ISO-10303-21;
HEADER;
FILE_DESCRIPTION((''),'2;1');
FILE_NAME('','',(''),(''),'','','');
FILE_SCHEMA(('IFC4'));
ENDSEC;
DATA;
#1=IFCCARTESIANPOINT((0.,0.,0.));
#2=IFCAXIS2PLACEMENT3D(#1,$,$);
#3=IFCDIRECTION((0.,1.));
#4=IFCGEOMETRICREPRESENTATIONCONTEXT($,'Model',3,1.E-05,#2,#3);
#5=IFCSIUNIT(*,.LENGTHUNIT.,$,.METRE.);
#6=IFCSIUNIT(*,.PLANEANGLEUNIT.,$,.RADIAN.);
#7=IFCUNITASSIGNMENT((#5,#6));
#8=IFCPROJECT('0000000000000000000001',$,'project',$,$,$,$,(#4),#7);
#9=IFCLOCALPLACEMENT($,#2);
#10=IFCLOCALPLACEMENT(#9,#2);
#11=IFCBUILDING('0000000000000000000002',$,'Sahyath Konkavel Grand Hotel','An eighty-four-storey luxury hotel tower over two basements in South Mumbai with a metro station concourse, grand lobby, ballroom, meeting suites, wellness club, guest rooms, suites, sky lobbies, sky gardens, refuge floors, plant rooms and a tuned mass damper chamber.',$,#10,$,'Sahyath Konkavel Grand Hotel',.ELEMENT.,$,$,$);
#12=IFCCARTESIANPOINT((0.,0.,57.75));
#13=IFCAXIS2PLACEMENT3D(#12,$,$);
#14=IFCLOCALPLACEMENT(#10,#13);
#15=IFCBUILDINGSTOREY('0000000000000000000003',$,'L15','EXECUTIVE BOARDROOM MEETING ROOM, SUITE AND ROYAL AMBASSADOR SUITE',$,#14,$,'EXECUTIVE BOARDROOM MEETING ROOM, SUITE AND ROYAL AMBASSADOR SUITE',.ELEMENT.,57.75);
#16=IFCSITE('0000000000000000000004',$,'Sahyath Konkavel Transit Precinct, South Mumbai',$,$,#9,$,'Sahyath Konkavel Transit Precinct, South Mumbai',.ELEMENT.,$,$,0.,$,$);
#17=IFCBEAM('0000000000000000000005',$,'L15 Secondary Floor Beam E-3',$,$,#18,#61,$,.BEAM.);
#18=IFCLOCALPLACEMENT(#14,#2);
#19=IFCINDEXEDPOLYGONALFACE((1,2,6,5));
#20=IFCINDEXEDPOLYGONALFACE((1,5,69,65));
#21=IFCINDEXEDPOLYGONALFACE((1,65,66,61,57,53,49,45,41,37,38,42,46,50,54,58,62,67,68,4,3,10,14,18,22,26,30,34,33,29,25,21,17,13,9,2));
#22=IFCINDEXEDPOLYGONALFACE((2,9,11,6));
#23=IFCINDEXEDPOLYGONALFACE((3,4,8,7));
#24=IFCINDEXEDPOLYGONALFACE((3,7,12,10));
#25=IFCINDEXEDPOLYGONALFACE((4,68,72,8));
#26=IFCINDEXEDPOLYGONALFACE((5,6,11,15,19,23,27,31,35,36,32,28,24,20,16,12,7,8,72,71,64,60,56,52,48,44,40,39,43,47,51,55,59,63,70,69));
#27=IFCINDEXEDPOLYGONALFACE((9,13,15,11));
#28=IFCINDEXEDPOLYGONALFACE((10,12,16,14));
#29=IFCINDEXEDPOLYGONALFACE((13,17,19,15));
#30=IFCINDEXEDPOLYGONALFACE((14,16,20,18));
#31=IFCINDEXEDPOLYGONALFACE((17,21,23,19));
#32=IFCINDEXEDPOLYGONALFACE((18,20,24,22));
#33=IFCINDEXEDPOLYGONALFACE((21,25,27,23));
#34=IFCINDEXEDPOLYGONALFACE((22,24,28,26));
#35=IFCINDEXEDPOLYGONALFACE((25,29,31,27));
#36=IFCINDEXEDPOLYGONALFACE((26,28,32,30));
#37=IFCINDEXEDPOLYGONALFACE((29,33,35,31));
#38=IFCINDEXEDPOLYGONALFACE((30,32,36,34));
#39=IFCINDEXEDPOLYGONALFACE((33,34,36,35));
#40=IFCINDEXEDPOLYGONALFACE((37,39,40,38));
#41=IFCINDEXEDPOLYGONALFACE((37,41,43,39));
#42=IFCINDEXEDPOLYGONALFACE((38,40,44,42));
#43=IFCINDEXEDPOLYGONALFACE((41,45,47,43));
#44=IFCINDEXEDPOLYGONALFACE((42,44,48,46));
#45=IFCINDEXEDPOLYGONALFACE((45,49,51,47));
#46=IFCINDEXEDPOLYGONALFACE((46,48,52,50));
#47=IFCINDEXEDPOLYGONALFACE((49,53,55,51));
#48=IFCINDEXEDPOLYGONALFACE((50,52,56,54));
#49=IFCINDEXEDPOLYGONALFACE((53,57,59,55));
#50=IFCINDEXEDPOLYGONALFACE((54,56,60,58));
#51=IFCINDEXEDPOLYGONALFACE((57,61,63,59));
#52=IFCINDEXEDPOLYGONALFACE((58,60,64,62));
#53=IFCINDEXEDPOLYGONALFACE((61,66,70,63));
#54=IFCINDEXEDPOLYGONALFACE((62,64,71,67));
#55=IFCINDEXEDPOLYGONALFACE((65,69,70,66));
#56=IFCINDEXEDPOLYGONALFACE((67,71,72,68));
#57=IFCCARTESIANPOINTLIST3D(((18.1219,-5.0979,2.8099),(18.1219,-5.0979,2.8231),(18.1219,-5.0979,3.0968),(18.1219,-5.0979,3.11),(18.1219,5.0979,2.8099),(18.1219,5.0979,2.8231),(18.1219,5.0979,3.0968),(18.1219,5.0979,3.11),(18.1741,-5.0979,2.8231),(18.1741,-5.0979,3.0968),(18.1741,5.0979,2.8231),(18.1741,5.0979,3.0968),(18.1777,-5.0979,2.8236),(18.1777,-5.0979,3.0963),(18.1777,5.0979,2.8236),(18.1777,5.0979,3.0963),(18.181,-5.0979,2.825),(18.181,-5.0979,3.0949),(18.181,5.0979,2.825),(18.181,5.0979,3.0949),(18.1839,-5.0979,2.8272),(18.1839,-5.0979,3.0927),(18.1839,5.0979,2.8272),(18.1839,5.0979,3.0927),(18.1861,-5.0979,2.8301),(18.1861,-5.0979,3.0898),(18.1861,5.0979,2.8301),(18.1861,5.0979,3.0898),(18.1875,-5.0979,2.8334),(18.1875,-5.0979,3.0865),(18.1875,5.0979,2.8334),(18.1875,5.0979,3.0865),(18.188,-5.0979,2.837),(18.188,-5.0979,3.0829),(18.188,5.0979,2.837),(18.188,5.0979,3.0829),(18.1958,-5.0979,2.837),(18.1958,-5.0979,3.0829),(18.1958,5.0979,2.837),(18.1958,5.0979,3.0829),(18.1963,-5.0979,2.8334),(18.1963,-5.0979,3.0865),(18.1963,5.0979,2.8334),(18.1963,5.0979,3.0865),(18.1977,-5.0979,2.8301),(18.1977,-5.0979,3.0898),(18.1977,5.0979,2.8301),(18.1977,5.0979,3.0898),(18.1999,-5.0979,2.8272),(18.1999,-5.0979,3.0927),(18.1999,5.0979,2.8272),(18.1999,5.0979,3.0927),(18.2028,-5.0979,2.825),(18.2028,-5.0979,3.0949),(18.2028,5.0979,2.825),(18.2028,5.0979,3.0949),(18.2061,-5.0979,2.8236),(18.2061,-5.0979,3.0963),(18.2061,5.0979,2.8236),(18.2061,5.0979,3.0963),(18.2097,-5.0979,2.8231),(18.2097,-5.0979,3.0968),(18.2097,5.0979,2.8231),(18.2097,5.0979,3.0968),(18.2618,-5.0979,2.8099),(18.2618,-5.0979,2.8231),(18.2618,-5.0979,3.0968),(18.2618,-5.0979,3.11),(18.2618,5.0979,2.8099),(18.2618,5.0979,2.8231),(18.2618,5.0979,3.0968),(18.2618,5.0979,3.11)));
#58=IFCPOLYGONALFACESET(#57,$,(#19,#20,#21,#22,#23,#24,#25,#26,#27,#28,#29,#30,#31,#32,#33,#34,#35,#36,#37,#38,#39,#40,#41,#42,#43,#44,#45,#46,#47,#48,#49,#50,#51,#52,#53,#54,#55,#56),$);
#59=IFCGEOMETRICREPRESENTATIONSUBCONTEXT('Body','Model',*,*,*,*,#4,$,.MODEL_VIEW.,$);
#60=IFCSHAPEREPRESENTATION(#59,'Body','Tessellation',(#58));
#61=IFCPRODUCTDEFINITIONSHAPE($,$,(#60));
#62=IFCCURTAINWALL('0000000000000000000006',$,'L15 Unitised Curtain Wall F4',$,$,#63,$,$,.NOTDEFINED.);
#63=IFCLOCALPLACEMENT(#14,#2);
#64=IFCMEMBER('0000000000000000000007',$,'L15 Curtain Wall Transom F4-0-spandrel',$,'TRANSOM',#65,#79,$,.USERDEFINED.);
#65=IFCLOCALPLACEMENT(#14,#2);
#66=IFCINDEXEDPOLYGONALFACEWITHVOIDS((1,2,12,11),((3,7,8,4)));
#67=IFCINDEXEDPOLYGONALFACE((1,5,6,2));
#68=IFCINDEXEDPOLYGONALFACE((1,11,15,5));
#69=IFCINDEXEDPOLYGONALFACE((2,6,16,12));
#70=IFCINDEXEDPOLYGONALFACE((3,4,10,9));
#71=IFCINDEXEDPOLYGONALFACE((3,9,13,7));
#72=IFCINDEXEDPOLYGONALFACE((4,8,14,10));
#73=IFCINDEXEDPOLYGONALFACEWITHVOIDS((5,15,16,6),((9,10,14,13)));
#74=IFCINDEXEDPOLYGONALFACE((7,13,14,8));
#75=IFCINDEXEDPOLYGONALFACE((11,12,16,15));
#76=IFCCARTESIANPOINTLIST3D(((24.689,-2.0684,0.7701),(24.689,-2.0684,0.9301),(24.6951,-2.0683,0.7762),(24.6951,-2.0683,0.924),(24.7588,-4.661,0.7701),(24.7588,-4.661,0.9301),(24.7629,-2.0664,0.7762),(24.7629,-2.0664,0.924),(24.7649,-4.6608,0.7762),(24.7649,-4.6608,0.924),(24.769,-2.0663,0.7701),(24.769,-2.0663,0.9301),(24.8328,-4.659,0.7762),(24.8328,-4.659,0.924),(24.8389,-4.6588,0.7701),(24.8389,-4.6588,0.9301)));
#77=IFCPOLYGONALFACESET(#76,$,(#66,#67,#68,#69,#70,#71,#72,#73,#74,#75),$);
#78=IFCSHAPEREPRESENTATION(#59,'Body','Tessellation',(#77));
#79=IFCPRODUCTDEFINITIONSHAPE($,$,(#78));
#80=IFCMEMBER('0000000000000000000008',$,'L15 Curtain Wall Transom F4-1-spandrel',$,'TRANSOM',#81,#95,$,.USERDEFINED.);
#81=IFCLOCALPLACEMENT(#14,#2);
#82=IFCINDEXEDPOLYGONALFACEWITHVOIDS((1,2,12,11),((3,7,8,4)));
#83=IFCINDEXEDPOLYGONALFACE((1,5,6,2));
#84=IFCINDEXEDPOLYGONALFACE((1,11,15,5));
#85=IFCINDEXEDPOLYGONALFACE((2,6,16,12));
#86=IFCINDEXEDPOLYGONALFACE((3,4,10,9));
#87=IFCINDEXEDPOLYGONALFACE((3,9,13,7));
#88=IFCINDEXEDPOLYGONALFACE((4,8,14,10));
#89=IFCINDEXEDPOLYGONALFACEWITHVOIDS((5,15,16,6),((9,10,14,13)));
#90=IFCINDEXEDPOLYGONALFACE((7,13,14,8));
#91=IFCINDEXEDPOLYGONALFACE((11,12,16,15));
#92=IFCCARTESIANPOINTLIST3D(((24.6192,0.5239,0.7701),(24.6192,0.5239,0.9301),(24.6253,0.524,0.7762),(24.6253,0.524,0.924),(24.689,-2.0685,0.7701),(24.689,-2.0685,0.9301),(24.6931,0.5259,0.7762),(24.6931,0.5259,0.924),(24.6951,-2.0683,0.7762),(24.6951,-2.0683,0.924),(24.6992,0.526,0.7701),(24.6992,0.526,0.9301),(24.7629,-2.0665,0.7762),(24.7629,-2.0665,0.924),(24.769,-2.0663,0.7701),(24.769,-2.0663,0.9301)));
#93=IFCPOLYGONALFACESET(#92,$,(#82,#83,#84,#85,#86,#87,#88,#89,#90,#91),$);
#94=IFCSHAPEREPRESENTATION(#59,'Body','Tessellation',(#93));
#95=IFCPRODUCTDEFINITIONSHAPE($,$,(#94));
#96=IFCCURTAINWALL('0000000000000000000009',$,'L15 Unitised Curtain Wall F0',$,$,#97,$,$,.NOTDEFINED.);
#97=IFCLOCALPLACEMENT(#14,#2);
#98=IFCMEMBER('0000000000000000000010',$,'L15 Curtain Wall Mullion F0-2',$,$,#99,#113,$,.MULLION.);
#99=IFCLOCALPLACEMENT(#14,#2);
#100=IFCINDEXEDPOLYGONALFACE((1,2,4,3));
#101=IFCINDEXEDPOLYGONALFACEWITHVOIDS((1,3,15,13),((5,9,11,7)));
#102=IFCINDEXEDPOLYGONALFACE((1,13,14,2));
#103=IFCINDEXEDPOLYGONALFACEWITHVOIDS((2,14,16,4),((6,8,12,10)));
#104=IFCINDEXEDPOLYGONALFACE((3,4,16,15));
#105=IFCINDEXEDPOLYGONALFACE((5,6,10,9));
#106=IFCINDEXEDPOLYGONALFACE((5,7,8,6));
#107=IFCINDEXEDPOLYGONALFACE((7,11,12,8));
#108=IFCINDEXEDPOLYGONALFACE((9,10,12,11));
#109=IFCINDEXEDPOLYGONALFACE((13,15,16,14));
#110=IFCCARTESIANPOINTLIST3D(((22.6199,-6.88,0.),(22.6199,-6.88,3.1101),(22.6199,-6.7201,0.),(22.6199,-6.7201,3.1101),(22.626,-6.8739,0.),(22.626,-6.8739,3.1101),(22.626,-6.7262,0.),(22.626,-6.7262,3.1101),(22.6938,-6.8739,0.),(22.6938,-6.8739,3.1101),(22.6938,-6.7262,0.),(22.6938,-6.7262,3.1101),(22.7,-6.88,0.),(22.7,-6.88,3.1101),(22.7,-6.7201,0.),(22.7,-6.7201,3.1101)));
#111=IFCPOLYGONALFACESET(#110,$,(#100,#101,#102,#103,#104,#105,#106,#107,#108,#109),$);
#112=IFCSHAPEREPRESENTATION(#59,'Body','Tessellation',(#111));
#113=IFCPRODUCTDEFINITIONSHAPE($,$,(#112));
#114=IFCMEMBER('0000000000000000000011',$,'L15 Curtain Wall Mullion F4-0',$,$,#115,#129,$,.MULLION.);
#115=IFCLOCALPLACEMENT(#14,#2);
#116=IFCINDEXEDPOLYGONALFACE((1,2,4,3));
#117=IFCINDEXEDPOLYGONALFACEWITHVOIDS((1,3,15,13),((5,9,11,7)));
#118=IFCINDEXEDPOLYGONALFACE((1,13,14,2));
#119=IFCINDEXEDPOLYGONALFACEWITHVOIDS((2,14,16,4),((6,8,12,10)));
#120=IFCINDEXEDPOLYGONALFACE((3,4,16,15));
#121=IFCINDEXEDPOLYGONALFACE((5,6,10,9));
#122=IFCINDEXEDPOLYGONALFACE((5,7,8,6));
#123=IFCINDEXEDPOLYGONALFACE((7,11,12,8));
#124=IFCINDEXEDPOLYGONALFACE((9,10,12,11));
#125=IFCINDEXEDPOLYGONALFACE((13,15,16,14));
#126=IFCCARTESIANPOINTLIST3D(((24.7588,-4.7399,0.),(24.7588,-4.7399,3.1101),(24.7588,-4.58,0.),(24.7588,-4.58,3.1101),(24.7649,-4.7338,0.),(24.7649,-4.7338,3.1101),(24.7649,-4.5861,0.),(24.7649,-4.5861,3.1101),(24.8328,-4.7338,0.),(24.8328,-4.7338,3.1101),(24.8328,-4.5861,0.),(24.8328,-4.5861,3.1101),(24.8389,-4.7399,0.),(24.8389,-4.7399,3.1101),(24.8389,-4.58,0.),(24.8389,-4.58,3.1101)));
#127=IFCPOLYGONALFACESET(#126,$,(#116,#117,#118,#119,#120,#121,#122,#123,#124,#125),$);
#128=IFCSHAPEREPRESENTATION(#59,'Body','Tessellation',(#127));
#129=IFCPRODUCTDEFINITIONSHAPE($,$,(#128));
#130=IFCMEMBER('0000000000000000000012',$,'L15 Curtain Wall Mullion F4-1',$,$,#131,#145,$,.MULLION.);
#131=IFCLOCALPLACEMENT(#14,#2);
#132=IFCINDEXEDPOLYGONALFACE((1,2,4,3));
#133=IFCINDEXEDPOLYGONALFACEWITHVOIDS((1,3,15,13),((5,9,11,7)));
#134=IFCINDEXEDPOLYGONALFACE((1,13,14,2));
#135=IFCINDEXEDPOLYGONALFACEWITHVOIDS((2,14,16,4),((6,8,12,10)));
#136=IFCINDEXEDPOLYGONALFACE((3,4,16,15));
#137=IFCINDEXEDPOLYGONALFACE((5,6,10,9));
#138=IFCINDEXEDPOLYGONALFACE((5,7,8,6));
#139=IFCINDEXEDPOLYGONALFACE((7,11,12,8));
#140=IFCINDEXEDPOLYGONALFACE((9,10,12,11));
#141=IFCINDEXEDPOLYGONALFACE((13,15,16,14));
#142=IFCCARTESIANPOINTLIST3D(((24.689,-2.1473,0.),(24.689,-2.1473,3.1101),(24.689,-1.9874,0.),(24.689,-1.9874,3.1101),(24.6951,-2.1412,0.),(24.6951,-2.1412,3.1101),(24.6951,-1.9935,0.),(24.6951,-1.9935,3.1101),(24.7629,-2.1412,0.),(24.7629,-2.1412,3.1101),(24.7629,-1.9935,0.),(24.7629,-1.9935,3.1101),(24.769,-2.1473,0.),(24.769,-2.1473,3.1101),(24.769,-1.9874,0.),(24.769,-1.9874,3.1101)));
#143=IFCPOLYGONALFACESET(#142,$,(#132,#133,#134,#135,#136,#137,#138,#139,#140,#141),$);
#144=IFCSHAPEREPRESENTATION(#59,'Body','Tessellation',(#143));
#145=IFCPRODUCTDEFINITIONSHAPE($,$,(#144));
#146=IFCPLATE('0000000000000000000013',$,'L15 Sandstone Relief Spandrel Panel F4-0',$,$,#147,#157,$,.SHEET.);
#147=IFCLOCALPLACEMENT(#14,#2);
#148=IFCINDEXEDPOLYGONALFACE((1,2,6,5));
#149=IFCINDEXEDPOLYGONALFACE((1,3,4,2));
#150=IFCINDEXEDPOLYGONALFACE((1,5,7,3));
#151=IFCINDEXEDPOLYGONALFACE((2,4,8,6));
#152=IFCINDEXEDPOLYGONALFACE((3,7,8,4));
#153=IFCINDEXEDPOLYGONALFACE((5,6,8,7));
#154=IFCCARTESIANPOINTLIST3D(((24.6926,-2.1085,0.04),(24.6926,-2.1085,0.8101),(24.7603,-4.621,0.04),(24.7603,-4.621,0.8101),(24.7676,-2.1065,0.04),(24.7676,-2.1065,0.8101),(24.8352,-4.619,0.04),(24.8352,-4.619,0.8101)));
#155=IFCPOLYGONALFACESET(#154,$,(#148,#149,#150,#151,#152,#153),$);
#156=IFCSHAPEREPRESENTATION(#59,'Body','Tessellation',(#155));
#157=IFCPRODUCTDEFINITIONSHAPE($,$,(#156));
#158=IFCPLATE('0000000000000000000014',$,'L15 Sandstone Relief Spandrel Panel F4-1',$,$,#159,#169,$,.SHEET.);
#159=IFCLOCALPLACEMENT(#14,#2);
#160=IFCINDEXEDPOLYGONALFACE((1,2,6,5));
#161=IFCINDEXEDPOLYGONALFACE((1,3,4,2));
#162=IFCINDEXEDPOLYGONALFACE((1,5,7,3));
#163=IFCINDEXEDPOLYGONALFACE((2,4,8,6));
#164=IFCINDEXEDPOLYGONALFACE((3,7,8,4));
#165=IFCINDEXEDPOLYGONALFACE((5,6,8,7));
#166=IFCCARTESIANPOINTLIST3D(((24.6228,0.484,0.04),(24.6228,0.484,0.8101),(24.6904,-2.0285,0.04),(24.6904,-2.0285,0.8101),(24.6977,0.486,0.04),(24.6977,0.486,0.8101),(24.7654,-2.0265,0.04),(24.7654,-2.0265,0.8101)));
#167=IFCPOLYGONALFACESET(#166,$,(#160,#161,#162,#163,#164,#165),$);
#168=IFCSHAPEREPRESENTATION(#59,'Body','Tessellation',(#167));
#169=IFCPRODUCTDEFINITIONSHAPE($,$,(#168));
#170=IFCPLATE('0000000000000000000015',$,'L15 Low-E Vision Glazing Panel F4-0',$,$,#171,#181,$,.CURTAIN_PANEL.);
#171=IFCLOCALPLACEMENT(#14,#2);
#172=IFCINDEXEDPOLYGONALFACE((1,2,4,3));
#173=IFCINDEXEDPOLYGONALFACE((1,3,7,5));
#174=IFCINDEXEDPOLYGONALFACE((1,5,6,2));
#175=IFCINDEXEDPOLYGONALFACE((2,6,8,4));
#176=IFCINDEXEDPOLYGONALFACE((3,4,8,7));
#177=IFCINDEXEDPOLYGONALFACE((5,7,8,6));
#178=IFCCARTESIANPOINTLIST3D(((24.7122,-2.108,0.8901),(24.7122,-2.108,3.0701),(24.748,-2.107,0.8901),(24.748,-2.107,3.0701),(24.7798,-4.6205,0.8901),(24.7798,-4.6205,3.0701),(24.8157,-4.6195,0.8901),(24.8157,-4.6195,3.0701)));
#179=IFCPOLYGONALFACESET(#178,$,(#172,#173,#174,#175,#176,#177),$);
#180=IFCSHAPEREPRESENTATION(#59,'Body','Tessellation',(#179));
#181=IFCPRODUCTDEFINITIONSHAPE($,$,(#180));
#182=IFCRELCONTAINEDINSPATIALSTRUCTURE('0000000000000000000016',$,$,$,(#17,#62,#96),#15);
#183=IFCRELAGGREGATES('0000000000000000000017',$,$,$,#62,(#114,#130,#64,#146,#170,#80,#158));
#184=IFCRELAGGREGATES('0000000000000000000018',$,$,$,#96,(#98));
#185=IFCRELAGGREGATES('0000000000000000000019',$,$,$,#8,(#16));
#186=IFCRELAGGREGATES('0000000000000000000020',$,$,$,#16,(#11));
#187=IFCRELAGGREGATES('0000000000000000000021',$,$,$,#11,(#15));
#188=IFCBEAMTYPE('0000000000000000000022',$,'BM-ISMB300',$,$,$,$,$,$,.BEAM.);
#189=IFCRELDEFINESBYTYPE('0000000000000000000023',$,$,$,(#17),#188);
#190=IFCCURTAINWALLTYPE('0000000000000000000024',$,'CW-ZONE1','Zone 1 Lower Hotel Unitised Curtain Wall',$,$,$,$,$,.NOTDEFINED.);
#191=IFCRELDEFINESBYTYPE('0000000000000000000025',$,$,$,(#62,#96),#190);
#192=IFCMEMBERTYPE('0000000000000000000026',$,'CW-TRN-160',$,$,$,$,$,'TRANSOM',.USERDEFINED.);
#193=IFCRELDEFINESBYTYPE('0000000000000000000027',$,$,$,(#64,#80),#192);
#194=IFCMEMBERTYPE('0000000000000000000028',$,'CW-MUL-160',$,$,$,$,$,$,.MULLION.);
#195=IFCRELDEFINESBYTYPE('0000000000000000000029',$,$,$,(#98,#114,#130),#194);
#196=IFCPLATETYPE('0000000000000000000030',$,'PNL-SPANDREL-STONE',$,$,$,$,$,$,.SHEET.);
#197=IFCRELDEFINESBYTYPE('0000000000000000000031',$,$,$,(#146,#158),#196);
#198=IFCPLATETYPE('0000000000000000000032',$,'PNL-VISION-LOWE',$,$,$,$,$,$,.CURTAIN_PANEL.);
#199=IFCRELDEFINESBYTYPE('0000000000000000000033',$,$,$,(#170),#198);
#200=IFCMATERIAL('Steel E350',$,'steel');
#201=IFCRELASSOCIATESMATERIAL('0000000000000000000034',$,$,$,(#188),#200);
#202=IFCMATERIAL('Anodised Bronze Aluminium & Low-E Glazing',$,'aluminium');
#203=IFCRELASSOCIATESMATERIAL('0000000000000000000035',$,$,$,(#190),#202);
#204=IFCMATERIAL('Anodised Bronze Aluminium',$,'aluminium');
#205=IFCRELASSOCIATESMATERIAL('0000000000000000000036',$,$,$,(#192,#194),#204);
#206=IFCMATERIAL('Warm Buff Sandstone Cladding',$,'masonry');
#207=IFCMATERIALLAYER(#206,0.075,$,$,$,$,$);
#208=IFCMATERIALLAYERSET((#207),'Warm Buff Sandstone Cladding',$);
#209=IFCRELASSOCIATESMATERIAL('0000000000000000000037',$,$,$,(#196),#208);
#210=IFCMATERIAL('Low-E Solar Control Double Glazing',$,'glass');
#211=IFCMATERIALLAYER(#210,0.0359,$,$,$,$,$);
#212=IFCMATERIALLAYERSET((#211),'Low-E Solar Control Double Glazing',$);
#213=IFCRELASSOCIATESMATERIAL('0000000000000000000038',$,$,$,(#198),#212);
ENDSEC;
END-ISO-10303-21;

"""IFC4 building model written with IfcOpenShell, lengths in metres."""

from ifc_helpers import new_model, si_unit, direction, frame, origin, origin_2d, place, context, subcontext, project, spatial, rectangle, hollow_rectangle, i_section, extrude, source, transform, mapped, material, layer, layer_set, material_profile, profile_set, type_object, element, aggregate, save


model = new_model("IFC4")

# Units and contexts
model_context = context("Model", 3, precision=1e-05, world=origin(), true_north=direction((0.0, 1.0)))
body_context = subcontext(model_context, "Body", "Model", "MODEL_VIEW")
ifc_project = project(units=[si_unit("LENGTHUNIT", "METRE"), si_unit("PLANEANGLEUNIT", "RADIAN")], contexts=[model_context])

# Site, building, storey
site_placement = place(None, origin())
site = spatial("IfcSite", under=ifc_project, at=site_placement, Name="Sahyath Konkavel Transit Precinct, South Mumbai", LongName="Sahyath Konkavel Transit Precinct, South Mumbai", CompositionType="ELEMENT", RefElevation=0.0)
building_placement = place(site_placement, origin())
building = spatial("IfcBuilding", under=site, at=building_placement, Name="Sahyath Konkavel Grand Hotel", Description="An eighty-four-storey luxury hotel tower over two basements in South Mumbai with a metro station concourse, grand lobby, ballroom, meeting suites, wellness club, guest rooms, suites, sky lobbies, sky gardens, refuge floors, plant rooms and a tuned mass damper chamber.", LongName="Sahyath Konkavel Grand Hotel", CompositionType="ELEMENT")
storey_placement = place(building_placement, frame((0.0, 0.0, 57.75)))
storey = spatial("IfcBuildingStorey", under=building, at=storey_placement, Name="L15", Description="EXECUTIVE BOARDROOM MEETING ROOM, SUITE AND ROYAL AMBASSADOR SUITE", LongName="EXECUTIVE BOARDROOM MEETING ROOM, SUITE AND ROYAL AMBASSADOR SUITE", CompositionType="ELEMENT", Elevation=57.75)

# Beam
ifc_material_1 = material(Name="Steel E350", Category="steel")
ifc_material_profile_1 = material_profile(ifc_material_1, i_section(OverallWidth=0.1399, OverallDepth=0.3, WebThickness=0.0078, FlangeThickness=0.0132, FilletRadius=0.0139, at=origin_2d()), Name="ISMB 300")
ifc_profile_set_1 = profile_set([ifc_material_profile_1], Name="Steel E350")
beam_type_1 = type_object("IfcBeamType", Name="BM-ISMB300", PredefinedType="BEAM", material=ifc_profile_set_1)
shared_shape_1 = source(origin(), body_context, "Body", "SweptSolid", [
    extrude(i_section(OverallWidth=0.1399, OverallDepth=0.3, WebThickness=0.0078, FlangeThickness=0.0132, FilletRadius=0.0139, at=origin_2d()), origin(), (0.0, 0.0, 1.0), 10.1958),
])
beam_1_placement = place(storey_placement, frame((18.1919, -5.0979, 2.96), z_axis=(0.0, 1.0, 0.0), x_axis=(-1.0, 0.0, 0.0)))
element("IfcBeam", 1, at=beam_1_placement, inside=storey, type_object=beam_type_1, Name="L15 Secondary Floor Beam E-3", PredefinedType="BEAM", context=body_context, shape_type="MappedRepresentation", body=[
    mapped(shared_shape_1, transform((0.0, 0.0, 0.0), scale=1.0)),
])

# Curtain wall, members
ifc_material_2 = material(Name="Anodised Bronze Aluminium & Low-E Glazing", Category="aluminium")
curtain_wall_type = type_object("IfcCurtainWallType", Name="CW-ZONE1", Description="Zone 1 Lower Hotel Unitised Curtain Wall", PredefinedType="NOTDEFINED", material=ifc_material_2)
curtain_wall_1_placement = place(storey_placement, origin())
curtain_wall_1 = element("IfcCurtainWall", 2, at=curtain_wall_1_placement, inside=storey, type_object=curtain_wall_type, Name="L15 Unitised Curtain Wall F4", PredefinedType="NOTDEFINED")
ifc_material_3 = material(Name="Anodised Bronze Aluminium", Category="aluminium")
ifc_material_profile_2 = material_profile(ifc_material_3, hollow_rectangle(XDim=0.0801, YDim=0.1599, WallThickness=0.0061, at=origin_2d()), Name="RHS 160x80x6")
ifc_profile_set_2 = profile_set([ifc_material_profile_2], Name="Anodised Bronze Aluminium")
member_type_1 = type_object("IfcMemberType", Name="CW-TRN-160", ElementType="TRANSOM", PredefinedType="USERDEFINED", material=ifc_profile_set_2)
shared_shape_2 = source(origin(), body_context, "Body", "SweptSolid", [
    extrude(hollow_rectangle(XDim=0.0801, YDim=0.1599, WallThickness=0.0061, at=origin_2d()), origin(), (0.0, 0.0, 1.0), 2.5935),
])
member_1_placement = place(storey_placement, frame((24.7988, -4.6599, 0.8501), z_axis=(-0.026923, 0.999638, 0.0), x_axis=(-0.999638, -0.026923, 0.0)))
member_1 = element("IfcMember", 3, at=member_1_placement, type_object=member_type_1, Name="L15 Curtain Wall Transom F4-0-spandrel", ObjectType="TRANSOM", PredefinedType="USERDEFINED", context=body_context, shape_type="MappedRepresentation", body=[
    mapped(shared_shape_2, transform((0.0, 0.0, 0.0), scale=1.0)),
])
shared_shape_3 = source(origin(), body_context, "Body", "SweptSolid", [
    extrude(hollow_rectangle(XDim=0.0801, YDim=0.1599, WallThickness=0.0061, at=origin_2d()), origin(), (0.0, 0.0, 1.0), 2.5933),
])
member_2_placement = place(storey_placement, frame((24.729, -2.0674, 0.8501), z_axis=(-0.026926, 0.999637, 0.0), x_axis=(-0.999637, -0.026926, 0.0)))
member_2 = element("IfcMember", 4, at=member_2_placement, type_object=member_type_1, Name="L15 Curtain Wall Transom F4-1-spandrel", ObjectType="TRANSOM", PredefinedType="USERDEFINED", context=body_context, shape_type="MappedRepresentation", body=[
    mapped(shared_shape_3, transform((0.0, 0.0, 0.0), scale=1.0)),
])

# Curtain wall, member
curtain_wall_2_placement = place(storey_placement, origin())
curtain_wall_2 = element("IfcCurtainWall", 5, at=curtain_wall_2_placement, inside=storey, type_object=curtain_wall_type, Name="L15 Unitised Curtain Wall F0", PredefinedType="NOTDEFINED")
ifc_material_profile_3 = material_profile(ifc_material_3, hollow_rectangle(XDim=0.0801, YDim=0.1599, WallThickness=0.0061, at=origin_2d()), Name="RHS 160x80x6")
ifc_profile_set_3 = profile_set([ifc_material_profile_3], Name="Anodised Bronze Aluminium")
member_type_2 = type_object("IfcMemberType", Name="CW-MUL-160", PredefinedType="MULLION", material=ifc_profile_set_3)
shared_shape_4 = source(origin(), body_context, "Body", "SweptSolid", [
    extrude(hollow_rectangle(XDim=0.0801, YDim=0.1599, WallThickness=0.0061, at=origin_2d()), origin(), (0.0, 0.0, 1.0), 3.1101),
])
member_3_placement = place(storey_placement, frame((22.6599, -6.8, 0.0), z_axis=(0.0, 0.0, 1.0), x_axis=(1.0, 0.0, 0.0)))
member_3 = element("IfcMember", 6, at=member_3_placement, type_object=member_type_2, Name="L15 Curtain Wall Mullion F0-2", PredefinedType="MULLION", context=body_context, shape_type="MappedRepresentation", body=[
    mapped(shared_shape_4, transform((0.0, 0.0, 0.0), scale=1.0)),
])

# Members
member_4_placement = place(storey_placement, frame((24.7988, -4.6599, 0.0), z_axis=(0.0, 0.0, 1.0), x_axis=(1.0, 0.0, 0.0)))
member_4 = element("IfcMember", 7, at=member_4_placement, type_object=member_type_2, Name="L15 Curtain Wall Mullion F4-0", PredefinedType="MULLION", context=body_context, shape_type="MappedRepresentation", body=[
    mapped(shared_shape_4, transform((0.0, 0.0, 0.0), scale=1.0)),
])
member_5_placement = place(storey_placement, frame((24.729, -2.0674, 0.0), z_axis=(0.0, 0.0, 1.0), x_axis=(1.0, 0.0, 0.0)))
member_5 = element("IfcMember", 8, at=member_5_placement, type_object=member_type_2, Name="L15 Curtain Wall Mullion F4-1", PredefinedType="MULLION", context=body_context, shape_type="MappedRepresentation", body=[
    mapped(shared_shape_4, transform((0.0, 0.0, 0.0), scale=1.0)),
])

# Plates
ifc_material_4 = material(Name="Warm Buff Sandstone Cladding", Category="masonry")
ifc_layer_1 = layer(ifc_material_4, 0.075)
ifc_layer_set_1 = layer_set([ifc_layer_1], Name="Warm Buff Sandstone Cladding")
plate_type_1 = type_object("IfcPlateType", Name="PNL-SPANDREL-STONE", PredefinedType="SHEET", material=ifc_layer_set_1)
shared_shape_5 = source(origin(), body_context, "Body", "SweptSolid", [
    extrude(rectangle(XDim=2.5134, YDim=0.075, at=origin_2d()), origin(), (0.0, 0.0, 1.0), 0.77),
])
plate_1_placement = place(storey_placement, frame((24.7639, -3.3638, 0.04), z_axis=(0.0, 0.0, 1.0), x_axis=(-0.02691, 0.999638, 0.0)))
plate_1 = element("IfcPlate", 9, at=plate_1_placement, type_object=plate_type_1, Name="L15 Sandstone Relief Spandrel Panel F4-0", PredefinedType="SHEET", context=body_context, shape_type="MappedRepresentation", body=[
    mapped(shared_shape_5, transform((0.0, 0.0, 0.0), scale=1.0)),
])
plate_2_placement = place(storey_placement, frame((24.6941, -0.7712, 0.04), z_axis=(0.0, 0.0, 1.0), x_axis=(-0.02691, 0.999638, 0.0)))
plate_2 = element("IfcPlate", 10, at=plate_2_placement, type_object=plate_type_1, Name="L15 Sandstone Relief Spandrel Panel F4-1", PredefinedType="SHEET", context=body_context, shape_type="MappedRepresentation", body=[
    mapped(shared_shape_5, transform((0.0, 0.0, 0.0), scale=1.0)),
])
ifc_material_5 = material(Name="Low-E Solar Control Double Glazing", Category="glass")
ifc_layer_2 = layer(ifc_material_5, 0.0359)
ifc_layer_set_2 = layer_set([ifc_layer_2], Name="Low-E Solar Control Double Glazing")
plate_type_2 = type_object("IfcPlateType", Name="PNL-VISION-LOWE", PredefinedType="CURTAIN_PANEL", material=ifc_layer_set_2)
shared_shape_6 = source(origin(), body_context, "Body", "SweptSolid", [
    extrude(rectangle(XDim=2.5134, YDim=0.0359, at=origin_2d()), origin(), (0.0, 0.0, 1.0), 2.1799),
])
plate_3_placement = place(storey_placement, frame((24.7639, -3.3638, 0.8901), z_axis=(0.0, 0.0, 1.0), x_axis=(-0.02691, 0.999638, 0.0)))
plate_3 = element("IfcPlate", 11, at=plate_3_placement, type_object=plate_type_2, Name="L15 Low-E Vision Glazing Panel F4-0", PredefinedType="CURTAIN_PANEL", context=body_context, shape_type="MappedRepresentation", body=[
    mapped(shared_shape_6, transform((0.0, 0.0, 0.0), scale=1.0)),
])
aggregate(curtain_wall_1, [member_4, member_5, member_1, plate_1, plate_3, member_2, plate_2])
aggregate(curtain_wall_2, [member_3])

save(model, "model.ifc")
